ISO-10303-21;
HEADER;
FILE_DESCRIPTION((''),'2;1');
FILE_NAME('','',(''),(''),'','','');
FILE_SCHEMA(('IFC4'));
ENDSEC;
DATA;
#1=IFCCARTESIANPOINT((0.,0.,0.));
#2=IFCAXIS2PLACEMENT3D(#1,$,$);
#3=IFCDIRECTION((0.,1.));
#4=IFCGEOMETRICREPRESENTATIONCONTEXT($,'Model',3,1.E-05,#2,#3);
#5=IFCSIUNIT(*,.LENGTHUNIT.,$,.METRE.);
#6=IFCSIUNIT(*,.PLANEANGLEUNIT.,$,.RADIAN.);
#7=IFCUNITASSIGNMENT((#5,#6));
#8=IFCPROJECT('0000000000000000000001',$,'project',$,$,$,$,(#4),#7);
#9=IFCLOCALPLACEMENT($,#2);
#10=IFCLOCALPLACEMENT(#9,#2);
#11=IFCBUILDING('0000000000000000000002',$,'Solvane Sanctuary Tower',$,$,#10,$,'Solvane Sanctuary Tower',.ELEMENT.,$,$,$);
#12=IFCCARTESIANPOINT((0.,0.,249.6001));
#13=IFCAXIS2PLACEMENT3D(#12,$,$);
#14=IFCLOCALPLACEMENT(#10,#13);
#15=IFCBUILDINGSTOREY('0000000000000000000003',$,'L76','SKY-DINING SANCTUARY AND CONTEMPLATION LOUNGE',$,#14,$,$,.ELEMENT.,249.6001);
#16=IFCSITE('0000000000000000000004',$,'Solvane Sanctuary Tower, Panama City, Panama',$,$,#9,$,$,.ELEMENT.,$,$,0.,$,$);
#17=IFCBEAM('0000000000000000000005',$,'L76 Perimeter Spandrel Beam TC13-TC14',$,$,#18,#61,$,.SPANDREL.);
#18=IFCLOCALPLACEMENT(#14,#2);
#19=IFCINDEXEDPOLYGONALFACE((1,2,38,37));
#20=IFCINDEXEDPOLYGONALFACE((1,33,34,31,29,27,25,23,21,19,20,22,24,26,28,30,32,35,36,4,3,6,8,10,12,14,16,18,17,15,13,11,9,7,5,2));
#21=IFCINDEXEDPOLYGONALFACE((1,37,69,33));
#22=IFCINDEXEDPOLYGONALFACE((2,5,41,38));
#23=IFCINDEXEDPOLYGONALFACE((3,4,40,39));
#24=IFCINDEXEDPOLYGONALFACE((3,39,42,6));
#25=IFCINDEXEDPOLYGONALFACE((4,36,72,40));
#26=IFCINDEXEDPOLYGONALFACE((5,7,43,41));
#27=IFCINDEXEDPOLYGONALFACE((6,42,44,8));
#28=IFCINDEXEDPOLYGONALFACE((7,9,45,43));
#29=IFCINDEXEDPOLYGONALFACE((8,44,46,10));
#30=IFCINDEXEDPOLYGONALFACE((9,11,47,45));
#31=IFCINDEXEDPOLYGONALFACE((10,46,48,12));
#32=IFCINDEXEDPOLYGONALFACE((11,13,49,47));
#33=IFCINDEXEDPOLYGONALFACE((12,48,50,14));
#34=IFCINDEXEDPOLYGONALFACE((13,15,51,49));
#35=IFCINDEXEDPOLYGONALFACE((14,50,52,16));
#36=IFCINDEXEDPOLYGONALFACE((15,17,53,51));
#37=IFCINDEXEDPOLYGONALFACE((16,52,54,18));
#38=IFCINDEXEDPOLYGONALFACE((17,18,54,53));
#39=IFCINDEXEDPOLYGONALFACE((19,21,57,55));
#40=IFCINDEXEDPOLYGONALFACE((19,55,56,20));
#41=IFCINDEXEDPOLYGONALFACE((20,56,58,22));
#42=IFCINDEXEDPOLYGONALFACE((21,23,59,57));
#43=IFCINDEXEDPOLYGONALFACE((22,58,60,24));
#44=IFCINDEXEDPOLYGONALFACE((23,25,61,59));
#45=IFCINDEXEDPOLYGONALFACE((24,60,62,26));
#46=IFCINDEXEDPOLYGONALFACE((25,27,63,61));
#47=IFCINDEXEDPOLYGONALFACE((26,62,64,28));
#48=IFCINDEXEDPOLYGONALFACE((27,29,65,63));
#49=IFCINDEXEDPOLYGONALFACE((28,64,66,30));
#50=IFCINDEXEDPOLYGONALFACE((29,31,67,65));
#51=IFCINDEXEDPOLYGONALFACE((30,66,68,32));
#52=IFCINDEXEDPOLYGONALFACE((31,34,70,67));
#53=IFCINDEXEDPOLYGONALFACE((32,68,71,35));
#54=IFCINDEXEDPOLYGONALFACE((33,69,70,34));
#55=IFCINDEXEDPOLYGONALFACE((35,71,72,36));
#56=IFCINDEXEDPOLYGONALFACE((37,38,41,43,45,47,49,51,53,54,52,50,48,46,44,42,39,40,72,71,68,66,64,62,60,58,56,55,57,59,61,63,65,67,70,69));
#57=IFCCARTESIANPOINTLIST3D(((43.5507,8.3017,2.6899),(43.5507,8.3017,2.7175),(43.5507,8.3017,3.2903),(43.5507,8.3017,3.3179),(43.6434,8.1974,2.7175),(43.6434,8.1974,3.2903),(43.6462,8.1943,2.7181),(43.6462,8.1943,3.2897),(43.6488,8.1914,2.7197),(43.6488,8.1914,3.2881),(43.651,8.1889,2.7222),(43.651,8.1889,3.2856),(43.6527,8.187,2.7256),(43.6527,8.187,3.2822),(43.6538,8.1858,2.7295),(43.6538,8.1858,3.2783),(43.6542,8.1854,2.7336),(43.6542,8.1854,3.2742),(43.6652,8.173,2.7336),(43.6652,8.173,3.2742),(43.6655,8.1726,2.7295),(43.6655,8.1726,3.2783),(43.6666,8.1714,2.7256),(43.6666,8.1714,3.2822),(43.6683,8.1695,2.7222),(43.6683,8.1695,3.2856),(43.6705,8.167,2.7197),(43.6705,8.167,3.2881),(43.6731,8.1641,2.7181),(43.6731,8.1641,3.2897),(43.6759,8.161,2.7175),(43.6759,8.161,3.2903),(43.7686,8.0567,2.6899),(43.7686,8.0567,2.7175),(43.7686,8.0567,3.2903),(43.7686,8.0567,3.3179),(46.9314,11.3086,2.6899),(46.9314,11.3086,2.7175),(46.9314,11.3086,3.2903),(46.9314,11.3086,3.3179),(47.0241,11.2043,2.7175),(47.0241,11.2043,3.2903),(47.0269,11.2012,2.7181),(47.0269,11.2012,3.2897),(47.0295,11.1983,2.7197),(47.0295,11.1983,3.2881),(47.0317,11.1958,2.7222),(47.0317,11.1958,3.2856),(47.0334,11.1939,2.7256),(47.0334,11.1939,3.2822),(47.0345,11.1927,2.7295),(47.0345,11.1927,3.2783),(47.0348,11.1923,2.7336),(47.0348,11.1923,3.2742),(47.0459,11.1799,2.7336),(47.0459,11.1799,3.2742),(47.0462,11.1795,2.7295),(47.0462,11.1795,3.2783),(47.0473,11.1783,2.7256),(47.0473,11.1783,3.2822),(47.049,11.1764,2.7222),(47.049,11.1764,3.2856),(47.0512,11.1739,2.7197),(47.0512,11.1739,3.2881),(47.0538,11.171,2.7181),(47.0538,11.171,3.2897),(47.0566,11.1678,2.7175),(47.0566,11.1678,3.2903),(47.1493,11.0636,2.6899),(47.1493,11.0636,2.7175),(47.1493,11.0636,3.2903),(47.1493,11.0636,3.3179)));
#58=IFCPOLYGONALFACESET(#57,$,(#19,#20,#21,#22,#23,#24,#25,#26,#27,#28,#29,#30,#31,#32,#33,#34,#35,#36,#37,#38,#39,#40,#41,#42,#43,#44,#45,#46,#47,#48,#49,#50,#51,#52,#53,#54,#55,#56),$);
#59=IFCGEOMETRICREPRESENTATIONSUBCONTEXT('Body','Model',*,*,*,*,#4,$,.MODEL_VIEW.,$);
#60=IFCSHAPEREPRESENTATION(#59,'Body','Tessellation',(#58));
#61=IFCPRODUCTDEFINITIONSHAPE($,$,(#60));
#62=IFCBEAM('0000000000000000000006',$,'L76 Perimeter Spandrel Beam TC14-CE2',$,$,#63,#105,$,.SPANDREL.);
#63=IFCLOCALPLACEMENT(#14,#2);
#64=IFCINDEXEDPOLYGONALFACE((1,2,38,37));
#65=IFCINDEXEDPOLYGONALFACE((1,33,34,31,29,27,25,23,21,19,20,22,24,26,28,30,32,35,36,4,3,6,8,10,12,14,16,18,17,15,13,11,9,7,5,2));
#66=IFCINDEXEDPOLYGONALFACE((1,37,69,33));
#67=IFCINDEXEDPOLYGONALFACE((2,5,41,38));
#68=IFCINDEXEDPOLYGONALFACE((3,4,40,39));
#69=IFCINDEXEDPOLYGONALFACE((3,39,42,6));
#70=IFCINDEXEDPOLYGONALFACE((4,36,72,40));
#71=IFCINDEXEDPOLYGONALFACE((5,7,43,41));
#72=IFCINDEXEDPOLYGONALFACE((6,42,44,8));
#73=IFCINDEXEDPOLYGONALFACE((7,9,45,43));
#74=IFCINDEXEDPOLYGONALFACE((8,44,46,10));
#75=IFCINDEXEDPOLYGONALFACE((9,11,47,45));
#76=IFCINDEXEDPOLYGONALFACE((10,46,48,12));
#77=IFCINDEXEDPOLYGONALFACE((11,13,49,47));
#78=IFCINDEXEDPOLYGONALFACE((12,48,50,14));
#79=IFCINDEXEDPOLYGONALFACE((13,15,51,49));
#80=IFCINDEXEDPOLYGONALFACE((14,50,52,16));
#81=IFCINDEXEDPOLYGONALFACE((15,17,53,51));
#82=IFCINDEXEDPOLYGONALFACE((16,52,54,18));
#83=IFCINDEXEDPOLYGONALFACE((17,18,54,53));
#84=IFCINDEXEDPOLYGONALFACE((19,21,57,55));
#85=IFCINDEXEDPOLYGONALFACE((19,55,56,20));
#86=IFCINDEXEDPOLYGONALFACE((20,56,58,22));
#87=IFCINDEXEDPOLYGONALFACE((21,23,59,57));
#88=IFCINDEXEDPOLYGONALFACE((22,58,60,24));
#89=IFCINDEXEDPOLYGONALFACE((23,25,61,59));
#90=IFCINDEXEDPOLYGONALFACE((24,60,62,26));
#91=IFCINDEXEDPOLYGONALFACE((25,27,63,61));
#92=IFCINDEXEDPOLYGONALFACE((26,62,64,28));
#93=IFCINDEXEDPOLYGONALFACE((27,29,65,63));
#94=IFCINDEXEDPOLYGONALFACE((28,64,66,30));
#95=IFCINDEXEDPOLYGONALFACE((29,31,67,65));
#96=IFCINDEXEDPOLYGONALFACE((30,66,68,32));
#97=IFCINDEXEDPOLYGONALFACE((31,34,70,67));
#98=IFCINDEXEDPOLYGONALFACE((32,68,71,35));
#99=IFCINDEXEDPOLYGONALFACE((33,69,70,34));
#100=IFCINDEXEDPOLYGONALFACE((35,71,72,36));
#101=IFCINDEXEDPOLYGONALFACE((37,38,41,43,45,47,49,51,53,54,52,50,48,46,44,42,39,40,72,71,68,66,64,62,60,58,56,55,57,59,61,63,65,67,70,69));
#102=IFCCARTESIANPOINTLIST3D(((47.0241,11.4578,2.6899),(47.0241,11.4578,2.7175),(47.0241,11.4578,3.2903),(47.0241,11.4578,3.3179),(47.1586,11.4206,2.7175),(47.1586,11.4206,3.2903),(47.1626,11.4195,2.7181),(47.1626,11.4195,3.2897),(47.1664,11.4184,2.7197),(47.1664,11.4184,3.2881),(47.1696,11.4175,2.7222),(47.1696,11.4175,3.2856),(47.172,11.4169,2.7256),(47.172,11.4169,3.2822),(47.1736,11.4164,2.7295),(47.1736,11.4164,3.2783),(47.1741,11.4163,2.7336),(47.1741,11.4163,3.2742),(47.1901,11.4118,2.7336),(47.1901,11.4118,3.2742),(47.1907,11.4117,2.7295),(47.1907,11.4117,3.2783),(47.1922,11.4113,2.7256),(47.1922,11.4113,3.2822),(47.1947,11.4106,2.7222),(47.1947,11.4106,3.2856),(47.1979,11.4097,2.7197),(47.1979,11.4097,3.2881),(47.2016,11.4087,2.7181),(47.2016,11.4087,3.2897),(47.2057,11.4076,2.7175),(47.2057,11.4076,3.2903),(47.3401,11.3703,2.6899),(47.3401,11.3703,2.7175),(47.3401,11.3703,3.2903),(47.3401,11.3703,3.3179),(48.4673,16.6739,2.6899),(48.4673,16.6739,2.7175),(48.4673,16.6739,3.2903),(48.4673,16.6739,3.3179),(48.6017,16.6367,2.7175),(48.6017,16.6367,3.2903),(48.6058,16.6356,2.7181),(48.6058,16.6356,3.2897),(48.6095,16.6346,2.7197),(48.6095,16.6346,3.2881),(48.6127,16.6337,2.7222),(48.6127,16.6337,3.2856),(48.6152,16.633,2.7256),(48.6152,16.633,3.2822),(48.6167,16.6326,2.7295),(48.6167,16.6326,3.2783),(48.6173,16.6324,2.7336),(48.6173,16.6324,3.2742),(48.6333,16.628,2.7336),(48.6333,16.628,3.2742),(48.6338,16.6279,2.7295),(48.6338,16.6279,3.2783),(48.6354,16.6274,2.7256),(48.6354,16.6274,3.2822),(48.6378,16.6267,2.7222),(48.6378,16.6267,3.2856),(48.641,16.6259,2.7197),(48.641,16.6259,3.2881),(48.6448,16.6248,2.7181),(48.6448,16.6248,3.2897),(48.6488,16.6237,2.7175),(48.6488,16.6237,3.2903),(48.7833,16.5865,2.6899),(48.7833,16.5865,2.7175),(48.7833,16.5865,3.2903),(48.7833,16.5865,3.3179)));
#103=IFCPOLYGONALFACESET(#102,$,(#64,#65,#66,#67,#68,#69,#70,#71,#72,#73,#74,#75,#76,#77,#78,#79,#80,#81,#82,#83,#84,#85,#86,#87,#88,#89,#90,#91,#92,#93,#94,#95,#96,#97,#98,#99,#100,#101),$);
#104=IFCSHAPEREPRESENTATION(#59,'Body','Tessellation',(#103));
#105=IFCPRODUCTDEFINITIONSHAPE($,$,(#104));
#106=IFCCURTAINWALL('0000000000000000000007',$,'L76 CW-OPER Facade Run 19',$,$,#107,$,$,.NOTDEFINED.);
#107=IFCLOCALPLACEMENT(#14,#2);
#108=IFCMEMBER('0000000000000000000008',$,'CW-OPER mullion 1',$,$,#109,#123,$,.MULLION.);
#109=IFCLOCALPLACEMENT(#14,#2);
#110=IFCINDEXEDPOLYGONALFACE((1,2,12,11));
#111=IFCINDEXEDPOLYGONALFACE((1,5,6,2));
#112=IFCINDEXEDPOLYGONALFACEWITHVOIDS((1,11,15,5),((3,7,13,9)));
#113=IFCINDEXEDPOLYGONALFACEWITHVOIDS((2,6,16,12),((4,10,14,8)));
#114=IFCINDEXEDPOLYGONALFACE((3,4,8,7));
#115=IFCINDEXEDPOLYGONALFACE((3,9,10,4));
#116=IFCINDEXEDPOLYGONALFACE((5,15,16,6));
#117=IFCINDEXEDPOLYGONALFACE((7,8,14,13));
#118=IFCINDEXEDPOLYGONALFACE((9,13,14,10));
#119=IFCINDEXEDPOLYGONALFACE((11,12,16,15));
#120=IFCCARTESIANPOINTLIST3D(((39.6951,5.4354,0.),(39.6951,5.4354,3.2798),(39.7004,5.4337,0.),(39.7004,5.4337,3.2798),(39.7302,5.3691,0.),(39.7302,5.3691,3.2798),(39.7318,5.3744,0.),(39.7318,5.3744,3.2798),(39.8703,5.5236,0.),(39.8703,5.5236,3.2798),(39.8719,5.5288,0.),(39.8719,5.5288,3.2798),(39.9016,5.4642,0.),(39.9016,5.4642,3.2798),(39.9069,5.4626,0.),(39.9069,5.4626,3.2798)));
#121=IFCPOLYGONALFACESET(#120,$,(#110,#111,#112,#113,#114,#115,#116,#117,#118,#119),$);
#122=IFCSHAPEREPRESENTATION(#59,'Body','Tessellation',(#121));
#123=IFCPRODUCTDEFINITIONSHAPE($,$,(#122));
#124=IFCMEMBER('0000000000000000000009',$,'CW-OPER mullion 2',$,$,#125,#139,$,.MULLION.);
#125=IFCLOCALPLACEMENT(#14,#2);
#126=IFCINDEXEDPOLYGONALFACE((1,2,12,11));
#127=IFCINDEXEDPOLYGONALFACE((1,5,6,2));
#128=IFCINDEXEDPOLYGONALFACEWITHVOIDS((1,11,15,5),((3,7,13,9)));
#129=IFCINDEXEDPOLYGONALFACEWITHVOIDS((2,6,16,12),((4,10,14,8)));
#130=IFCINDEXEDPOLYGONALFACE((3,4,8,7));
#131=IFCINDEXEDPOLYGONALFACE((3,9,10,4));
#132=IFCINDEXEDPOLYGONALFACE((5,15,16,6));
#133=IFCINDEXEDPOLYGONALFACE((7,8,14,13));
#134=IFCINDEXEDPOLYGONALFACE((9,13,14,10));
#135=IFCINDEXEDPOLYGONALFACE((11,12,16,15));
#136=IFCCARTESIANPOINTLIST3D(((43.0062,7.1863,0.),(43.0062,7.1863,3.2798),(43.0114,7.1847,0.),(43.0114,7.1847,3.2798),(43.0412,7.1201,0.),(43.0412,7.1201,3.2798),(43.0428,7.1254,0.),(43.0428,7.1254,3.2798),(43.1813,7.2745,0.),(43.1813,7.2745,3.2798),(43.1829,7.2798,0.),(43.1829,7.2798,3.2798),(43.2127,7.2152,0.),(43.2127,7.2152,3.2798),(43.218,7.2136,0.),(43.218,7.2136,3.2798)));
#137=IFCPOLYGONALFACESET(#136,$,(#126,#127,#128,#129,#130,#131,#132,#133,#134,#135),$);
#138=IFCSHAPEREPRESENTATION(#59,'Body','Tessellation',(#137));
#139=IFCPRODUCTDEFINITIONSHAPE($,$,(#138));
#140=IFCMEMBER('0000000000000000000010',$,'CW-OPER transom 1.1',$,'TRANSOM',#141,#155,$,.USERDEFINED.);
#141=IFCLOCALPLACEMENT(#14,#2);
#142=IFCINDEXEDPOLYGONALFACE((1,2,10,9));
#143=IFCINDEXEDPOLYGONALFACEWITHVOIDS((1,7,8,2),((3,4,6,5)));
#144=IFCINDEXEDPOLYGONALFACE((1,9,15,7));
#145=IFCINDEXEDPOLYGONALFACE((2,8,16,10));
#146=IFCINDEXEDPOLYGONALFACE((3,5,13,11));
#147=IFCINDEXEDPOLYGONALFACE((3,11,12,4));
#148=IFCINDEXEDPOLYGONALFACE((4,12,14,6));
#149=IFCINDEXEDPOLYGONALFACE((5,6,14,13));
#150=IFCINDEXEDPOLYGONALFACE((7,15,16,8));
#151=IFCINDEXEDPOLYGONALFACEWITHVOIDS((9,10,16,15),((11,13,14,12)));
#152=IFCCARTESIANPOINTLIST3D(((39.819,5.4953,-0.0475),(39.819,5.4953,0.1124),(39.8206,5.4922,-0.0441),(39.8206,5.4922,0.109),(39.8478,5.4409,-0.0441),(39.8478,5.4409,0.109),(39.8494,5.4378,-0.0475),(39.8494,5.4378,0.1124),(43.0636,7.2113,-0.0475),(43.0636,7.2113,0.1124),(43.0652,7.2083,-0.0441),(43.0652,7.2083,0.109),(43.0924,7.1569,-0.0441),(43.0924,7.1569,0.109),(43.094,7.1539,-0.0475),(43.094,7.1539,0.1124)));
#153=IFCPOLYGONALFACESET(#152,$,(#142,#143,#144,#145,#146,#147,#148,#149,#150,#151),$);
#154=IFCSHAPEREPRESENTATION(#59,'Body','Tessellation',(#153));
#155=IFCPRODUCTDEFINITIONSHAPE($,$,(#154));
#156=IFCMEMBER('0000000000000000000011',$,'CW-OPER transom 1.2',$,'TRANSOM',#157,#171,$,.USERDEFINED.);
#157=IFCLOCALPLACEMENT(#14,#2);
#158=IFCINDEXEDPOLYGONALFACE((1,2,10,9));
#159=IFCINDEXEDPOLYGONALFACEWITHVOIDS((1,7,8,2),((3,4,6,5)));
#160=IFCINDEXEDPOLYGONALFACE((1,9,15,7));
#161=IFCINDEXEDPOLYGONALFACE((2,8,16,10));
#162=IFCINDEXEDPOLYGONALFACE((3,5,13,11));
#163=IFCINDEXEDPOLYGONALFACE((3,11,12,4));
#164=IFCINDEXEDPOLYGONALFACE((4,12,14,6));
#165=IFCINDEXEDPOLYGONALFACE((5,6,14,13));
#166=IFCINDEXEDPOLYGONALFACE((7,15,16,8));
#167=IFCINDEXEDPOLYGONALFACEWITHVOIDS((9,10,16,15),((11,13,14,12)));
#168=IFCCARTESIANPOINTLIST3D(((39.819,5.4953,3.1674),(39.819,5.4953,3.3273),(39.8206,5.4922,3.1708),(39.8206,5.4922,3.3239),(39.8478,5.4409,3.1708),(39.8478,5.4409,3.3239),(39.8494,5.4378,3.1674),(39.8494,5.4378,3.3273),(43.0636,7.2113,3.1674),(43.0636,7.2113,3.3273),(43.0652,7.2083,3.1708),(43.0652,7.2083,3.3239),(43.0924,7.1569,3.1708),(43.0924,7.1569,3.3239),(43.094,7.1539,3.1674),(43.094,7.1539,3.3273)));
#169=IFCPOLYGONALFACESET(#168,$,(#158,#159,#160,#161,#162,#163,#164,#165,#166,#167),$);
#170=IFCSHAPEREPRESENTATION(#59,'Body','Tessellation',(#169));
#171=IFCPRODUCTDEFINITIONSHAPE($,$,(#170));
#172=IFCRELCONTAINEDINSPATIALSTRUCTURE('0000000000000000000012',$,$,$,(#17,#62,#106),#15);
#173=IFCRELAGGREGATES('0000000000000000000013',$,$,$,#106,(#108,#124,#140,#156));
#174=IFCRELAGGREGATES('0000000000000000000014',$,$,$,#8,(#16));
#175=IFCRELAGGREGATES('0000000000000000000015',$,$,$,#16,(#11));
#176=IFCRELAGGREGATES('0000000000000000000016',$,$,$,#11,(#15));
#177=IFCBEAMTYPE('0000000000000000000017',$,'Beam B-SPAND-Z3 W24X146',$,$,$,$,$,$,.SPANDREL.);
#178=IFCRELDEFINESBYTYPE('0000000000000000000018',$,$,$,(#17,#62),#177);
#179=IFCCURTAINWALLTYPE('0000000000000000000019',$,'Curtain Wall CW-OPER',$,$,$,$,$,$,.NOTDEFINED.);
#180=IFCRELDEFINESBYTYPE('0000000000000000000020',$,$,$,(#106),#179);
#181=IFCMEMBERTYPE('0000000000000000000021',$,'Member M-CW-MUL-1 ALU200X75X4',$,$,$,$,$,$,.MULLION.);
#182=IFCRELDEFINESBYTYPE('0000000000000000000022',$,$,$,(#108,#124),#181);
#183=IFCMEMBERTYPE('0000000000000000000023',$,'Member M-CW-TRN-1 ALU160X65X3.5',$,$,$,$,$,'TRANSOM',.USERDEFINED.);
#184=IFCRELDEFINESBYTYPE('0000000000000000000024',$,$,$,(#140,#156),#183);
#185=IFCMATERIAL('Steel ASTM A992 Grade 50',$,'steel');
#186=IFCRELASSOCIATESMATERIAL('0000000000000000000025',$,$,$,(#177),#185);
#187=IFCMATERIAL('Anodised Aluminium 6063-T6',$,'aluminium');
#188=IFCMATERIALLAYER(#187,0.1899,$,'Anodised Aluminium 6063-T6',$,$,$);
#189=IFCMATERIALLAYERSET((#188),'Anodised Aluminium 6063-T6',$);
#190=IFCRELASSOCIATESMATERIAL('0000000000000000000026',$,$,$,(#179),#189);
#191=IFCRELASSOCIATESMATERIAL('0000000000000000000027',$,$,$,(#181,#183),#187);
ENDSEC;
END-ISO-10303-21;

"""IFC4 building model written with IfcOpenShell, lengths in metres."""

from ifc_helpers import new_model, si_unit, direction, frame, origin, origin_2d, place, context, subcontext, project, spatial, hollow_rectangle, i_section, extrude, material, layer, layer_set, material_profile, profile_set, type_object, element, aggregate, save


model = new_model("IFC4")

# Units and contexts
model_context = context("Model", 3, precision=1e-05, world=origin(), true_north=direction((0.0, 1.0)))
body_context = subcontext(model_context, "Body", "Model", "MODEL_VIEW")
ifc_project = project(units=[si_unit("LENGTHUNIT", "METRE"), si_unit("PLANEANGLEUNIT", "RADIAN")], contexts=[model_context])

# Site, building, storey
site_placement = place(None, origin())
site = spatial("IfcSite", under=ifc_project, at=site_placement, Name="Solvane Sanctuary Tower, Panama City, Panama", CompositionType="ELEMENT", RefElevation=0.0)
building_placement = place(site_placement, origin())
building = spatial("IfcBuilding", under=site, at=building_placement, Name="Solvane Sanctuary Tower", LongName="Solvane Sanctuary Tower", CompositionType="ELEMENT")
storey_placement = place(building_placement, frame((0.0, 0.0, 249.6001)))
storey = spatial("IfcBuildingStorey", under=building, at=storey_placement, Name="L76", Description="SKY-DINING SANCTUARY AND CONTEMPLATION LOUNGE", CompositionType="ELEMENT", Elevation=249.6001)

# Beams
ifc_material_1 = material(Name="Steel ASTM A992 Grade 50", Category="steel")
ifc_material_profile_1 = material_profile(ifc_material_1, i_section(OverallWidth=0.3279, OverallDepth=0.6279, WebThickness=0.0166, FlangeThickness=0.0276, FilletRadius=0.0161, at=origin_2d()), Name="W24X146")
ifc_profile_set_1 = profile_set([ifc_material_profile_1], Name="Steel ASTM A992 Grade 50")
beam_type_1 = type_object("IfcBeamType", Name="Beam B-SPAND-Z3 W24X146", PredefinedType="SPANDREL", material=ifc_profile_set_1)
beam_1_placement = place(storey_placement, frame((43.6597, 8.1792, 3.0039), z_axis=(0.747207, 0.664592, 0.0), x_axis=(-0.664592, 0.747207, 0.0)))
element("IfcBeam", 1, at=beam_1_placement, inside=storey, type_object=beam_type_1, Name="L76 Perimeter Spandrel Beam TC13-TC14", PredefinedType="SPANDREL", context=body_context, shape_type="SweptSolid", body=[
    extrude(i_section(OverallWidth=0.3279, OverallDepth=0.6279, WebThickness=0.0166, FlangeThickness=0.0276, FilletRadius=0.0161, at=origin_2d()), origin(), (0.0, 0.0, 1.0), 4.5244),
])
beam_2_placement = place(storey_placement, frame((47.1821, 11.4141, 3.0039), z_axis=(0.26665, 0.963793, 0.0), x_axis=(-0.963793, 0.26665, 0.0)))
element("IfcBeam", 2, at=beam_2_placement, inside=storey, type_object=beam_type_1, Name="L76 Perimeter Spandrel Beam TC14-CE2", PredefinedType="SPANDREL", context=body_context, shape_type="SweptSolid", body=[
    extrude(i_section(OverallWidth=0.3279, OverallDepth=0.6279, WebThickness=0.0166, FlangeThickness=0.0276, FilletRadius=0.0161, at=origin_2d()), origin(), (0.0, 0.0, 1.0), 5.4121),
])

# Curtain wall, members
ifc_material_2 = material(Name="Anodised Aluminium 6063-T6", Category="aluminium")
ifc_layer_1 = layer(ifc_material_2, 0.1899, Name="Anodised Aluminium 6063-T6")
ifc_layer_set_1 = layer_set([ifc_layer_1], Name="Anodised Aluminium 6063-T6")
curtain_wall_type = type_object("IfcCurtainWallType", Name="Curtain Wall CW-OPER", PredefinedType="NOTDEFINED", material=ifc_layer_set_1)
curtain_wall_placement = place(storey_placement, origin())
curtain_wall = element("IfcCurtainWall", 3, at=curtain_wall_placement, inside=storey, type_object=curtain_wall_type, Name="L76 CW-OPER Facade Run 19", PredefinedType="NOTDEFINED")
ifc_material_profile_2 = material_profile(ifc_material_2, hollow_rectangle(XDim=0.075, YDim=0.2, WallThickness=0.0039, at=origin_2d()), Name="ALU200X75X4")
ifc_profile_set_2 = profile_set([ifc_material_profile_2], Name="Anodised Aluminium 6063-T6")
member_type_1 = type_object("IfcMemberType", Name="Member M-CW-MUL-1 ALU200X75X4", PredefinedType="MULLION", material=ifc_profile_set_2)
member_1_placement = place(storey_placement, frame((39.801, 5.449, 0.0), z_axis=(0.0, 0.0, 1.0), x_axis=(-0.467523, 0.883981, 0.0)))
member_1 = element("IfcMember", 4, at=member_1_placement, type_object=member_type_1, Name="CW-OPER mullion 1", PredefinedType="MULLION", context=body_context, shape_type="SweptSolid", body=[
    extrude(hollow_rectangle(XDim=0.075, YDim=0.2, WallThickness=0.0039, at=origin_2d()), origin(), (0.0, 0.0, 1.0), 3.2798),
])
member_2_placement = place(storey_placement, frame((43.1121, 7.2, 0.0), z_axis=(0.0, 0.0, 1.0), x_axis=(-0.467523, 0.883981, 0.0)))
member_2 = element("IfcMember", 5, at=member_2_placement, type_object=member_type_1, Name="CW-OPER mullion 2", PredefinedType="MULLION", context=body_context, shape_type="SweptSolid", body=[
    extrude(hollow_rectangle(XDim=0.075, YDim=0.2, WallThickness=0.0039, at=origin_2d()), origin(), (0.0, 0.0, 1.0), 3.2798),
])
ifc_material_profile_3 = material_profile(ifc_material_2, hollow_rectangle(XDim=0.0649, YDim=0.1599, WallThickness=0.0034, at=origin_2d()), Name="ALU160X65X3.5")
ifc_profile_set_3 = profile_set([ifc_material_profile_3], Name="Anodised Aluminium 6063-T6")
member_type_2 = type_object("IfcMemberType", Name="Member M-CW-TRN-1 ALU160X65X3.5", ElementType="TRANSOM", PredefinedType="USERDEFINED", material=ifc_profile_set_3)
member_3_placement = place(storey_placement, frame((39.8342, 5.4666, 0.0325), z_axis=(0.883977, 0.46753, 0.0), x_axis=(-0.46753, 0.883977, 0.0)))
member_3 = element("IfcMember", 6, at=member_3_placement, type_object=member_type_2, Name="CW-OPER transom 1.1", ObjectType="TRANSOM", PredefinedType="USERDEFINED", context=body_context, shape_type="SweptSolid", body=[
    extrude(hollow_rectangle(XDim=0.0649, YDim=0.1599, WallThickness=0.0034, at=origin_2d()), origin(), (0.0, 0.0, 1.0), 3.6704),
])
member_4_placement = place(storey_placement, frame((39.8342, 5.4666, 3.2473), z_axis=(0.883977, 0.46753, 0.0), x_axis=(-0.46753, 0.883977, 0.0)))
member_4 = element("IfcMember", 7, at=member_4_placement, type_object=member_type_2, Name="CW-OPER transom 1.2", ObjectType="TRANSOM", PredefinedType="USERDEFINED", context=body_context, shape_type="SweptSolid", body=[
    extrude(hollow_rectangle(XDim=0.0649, YDim=0.1599, WallThickness=0.0034, at=origin_2d()), origin(), (0.0, 0.0, 1.0), 3.6704),
])

aggregate(curtain_wall, [member_1, member_2, member_3, member_4])

save(model, "model.ifc")
